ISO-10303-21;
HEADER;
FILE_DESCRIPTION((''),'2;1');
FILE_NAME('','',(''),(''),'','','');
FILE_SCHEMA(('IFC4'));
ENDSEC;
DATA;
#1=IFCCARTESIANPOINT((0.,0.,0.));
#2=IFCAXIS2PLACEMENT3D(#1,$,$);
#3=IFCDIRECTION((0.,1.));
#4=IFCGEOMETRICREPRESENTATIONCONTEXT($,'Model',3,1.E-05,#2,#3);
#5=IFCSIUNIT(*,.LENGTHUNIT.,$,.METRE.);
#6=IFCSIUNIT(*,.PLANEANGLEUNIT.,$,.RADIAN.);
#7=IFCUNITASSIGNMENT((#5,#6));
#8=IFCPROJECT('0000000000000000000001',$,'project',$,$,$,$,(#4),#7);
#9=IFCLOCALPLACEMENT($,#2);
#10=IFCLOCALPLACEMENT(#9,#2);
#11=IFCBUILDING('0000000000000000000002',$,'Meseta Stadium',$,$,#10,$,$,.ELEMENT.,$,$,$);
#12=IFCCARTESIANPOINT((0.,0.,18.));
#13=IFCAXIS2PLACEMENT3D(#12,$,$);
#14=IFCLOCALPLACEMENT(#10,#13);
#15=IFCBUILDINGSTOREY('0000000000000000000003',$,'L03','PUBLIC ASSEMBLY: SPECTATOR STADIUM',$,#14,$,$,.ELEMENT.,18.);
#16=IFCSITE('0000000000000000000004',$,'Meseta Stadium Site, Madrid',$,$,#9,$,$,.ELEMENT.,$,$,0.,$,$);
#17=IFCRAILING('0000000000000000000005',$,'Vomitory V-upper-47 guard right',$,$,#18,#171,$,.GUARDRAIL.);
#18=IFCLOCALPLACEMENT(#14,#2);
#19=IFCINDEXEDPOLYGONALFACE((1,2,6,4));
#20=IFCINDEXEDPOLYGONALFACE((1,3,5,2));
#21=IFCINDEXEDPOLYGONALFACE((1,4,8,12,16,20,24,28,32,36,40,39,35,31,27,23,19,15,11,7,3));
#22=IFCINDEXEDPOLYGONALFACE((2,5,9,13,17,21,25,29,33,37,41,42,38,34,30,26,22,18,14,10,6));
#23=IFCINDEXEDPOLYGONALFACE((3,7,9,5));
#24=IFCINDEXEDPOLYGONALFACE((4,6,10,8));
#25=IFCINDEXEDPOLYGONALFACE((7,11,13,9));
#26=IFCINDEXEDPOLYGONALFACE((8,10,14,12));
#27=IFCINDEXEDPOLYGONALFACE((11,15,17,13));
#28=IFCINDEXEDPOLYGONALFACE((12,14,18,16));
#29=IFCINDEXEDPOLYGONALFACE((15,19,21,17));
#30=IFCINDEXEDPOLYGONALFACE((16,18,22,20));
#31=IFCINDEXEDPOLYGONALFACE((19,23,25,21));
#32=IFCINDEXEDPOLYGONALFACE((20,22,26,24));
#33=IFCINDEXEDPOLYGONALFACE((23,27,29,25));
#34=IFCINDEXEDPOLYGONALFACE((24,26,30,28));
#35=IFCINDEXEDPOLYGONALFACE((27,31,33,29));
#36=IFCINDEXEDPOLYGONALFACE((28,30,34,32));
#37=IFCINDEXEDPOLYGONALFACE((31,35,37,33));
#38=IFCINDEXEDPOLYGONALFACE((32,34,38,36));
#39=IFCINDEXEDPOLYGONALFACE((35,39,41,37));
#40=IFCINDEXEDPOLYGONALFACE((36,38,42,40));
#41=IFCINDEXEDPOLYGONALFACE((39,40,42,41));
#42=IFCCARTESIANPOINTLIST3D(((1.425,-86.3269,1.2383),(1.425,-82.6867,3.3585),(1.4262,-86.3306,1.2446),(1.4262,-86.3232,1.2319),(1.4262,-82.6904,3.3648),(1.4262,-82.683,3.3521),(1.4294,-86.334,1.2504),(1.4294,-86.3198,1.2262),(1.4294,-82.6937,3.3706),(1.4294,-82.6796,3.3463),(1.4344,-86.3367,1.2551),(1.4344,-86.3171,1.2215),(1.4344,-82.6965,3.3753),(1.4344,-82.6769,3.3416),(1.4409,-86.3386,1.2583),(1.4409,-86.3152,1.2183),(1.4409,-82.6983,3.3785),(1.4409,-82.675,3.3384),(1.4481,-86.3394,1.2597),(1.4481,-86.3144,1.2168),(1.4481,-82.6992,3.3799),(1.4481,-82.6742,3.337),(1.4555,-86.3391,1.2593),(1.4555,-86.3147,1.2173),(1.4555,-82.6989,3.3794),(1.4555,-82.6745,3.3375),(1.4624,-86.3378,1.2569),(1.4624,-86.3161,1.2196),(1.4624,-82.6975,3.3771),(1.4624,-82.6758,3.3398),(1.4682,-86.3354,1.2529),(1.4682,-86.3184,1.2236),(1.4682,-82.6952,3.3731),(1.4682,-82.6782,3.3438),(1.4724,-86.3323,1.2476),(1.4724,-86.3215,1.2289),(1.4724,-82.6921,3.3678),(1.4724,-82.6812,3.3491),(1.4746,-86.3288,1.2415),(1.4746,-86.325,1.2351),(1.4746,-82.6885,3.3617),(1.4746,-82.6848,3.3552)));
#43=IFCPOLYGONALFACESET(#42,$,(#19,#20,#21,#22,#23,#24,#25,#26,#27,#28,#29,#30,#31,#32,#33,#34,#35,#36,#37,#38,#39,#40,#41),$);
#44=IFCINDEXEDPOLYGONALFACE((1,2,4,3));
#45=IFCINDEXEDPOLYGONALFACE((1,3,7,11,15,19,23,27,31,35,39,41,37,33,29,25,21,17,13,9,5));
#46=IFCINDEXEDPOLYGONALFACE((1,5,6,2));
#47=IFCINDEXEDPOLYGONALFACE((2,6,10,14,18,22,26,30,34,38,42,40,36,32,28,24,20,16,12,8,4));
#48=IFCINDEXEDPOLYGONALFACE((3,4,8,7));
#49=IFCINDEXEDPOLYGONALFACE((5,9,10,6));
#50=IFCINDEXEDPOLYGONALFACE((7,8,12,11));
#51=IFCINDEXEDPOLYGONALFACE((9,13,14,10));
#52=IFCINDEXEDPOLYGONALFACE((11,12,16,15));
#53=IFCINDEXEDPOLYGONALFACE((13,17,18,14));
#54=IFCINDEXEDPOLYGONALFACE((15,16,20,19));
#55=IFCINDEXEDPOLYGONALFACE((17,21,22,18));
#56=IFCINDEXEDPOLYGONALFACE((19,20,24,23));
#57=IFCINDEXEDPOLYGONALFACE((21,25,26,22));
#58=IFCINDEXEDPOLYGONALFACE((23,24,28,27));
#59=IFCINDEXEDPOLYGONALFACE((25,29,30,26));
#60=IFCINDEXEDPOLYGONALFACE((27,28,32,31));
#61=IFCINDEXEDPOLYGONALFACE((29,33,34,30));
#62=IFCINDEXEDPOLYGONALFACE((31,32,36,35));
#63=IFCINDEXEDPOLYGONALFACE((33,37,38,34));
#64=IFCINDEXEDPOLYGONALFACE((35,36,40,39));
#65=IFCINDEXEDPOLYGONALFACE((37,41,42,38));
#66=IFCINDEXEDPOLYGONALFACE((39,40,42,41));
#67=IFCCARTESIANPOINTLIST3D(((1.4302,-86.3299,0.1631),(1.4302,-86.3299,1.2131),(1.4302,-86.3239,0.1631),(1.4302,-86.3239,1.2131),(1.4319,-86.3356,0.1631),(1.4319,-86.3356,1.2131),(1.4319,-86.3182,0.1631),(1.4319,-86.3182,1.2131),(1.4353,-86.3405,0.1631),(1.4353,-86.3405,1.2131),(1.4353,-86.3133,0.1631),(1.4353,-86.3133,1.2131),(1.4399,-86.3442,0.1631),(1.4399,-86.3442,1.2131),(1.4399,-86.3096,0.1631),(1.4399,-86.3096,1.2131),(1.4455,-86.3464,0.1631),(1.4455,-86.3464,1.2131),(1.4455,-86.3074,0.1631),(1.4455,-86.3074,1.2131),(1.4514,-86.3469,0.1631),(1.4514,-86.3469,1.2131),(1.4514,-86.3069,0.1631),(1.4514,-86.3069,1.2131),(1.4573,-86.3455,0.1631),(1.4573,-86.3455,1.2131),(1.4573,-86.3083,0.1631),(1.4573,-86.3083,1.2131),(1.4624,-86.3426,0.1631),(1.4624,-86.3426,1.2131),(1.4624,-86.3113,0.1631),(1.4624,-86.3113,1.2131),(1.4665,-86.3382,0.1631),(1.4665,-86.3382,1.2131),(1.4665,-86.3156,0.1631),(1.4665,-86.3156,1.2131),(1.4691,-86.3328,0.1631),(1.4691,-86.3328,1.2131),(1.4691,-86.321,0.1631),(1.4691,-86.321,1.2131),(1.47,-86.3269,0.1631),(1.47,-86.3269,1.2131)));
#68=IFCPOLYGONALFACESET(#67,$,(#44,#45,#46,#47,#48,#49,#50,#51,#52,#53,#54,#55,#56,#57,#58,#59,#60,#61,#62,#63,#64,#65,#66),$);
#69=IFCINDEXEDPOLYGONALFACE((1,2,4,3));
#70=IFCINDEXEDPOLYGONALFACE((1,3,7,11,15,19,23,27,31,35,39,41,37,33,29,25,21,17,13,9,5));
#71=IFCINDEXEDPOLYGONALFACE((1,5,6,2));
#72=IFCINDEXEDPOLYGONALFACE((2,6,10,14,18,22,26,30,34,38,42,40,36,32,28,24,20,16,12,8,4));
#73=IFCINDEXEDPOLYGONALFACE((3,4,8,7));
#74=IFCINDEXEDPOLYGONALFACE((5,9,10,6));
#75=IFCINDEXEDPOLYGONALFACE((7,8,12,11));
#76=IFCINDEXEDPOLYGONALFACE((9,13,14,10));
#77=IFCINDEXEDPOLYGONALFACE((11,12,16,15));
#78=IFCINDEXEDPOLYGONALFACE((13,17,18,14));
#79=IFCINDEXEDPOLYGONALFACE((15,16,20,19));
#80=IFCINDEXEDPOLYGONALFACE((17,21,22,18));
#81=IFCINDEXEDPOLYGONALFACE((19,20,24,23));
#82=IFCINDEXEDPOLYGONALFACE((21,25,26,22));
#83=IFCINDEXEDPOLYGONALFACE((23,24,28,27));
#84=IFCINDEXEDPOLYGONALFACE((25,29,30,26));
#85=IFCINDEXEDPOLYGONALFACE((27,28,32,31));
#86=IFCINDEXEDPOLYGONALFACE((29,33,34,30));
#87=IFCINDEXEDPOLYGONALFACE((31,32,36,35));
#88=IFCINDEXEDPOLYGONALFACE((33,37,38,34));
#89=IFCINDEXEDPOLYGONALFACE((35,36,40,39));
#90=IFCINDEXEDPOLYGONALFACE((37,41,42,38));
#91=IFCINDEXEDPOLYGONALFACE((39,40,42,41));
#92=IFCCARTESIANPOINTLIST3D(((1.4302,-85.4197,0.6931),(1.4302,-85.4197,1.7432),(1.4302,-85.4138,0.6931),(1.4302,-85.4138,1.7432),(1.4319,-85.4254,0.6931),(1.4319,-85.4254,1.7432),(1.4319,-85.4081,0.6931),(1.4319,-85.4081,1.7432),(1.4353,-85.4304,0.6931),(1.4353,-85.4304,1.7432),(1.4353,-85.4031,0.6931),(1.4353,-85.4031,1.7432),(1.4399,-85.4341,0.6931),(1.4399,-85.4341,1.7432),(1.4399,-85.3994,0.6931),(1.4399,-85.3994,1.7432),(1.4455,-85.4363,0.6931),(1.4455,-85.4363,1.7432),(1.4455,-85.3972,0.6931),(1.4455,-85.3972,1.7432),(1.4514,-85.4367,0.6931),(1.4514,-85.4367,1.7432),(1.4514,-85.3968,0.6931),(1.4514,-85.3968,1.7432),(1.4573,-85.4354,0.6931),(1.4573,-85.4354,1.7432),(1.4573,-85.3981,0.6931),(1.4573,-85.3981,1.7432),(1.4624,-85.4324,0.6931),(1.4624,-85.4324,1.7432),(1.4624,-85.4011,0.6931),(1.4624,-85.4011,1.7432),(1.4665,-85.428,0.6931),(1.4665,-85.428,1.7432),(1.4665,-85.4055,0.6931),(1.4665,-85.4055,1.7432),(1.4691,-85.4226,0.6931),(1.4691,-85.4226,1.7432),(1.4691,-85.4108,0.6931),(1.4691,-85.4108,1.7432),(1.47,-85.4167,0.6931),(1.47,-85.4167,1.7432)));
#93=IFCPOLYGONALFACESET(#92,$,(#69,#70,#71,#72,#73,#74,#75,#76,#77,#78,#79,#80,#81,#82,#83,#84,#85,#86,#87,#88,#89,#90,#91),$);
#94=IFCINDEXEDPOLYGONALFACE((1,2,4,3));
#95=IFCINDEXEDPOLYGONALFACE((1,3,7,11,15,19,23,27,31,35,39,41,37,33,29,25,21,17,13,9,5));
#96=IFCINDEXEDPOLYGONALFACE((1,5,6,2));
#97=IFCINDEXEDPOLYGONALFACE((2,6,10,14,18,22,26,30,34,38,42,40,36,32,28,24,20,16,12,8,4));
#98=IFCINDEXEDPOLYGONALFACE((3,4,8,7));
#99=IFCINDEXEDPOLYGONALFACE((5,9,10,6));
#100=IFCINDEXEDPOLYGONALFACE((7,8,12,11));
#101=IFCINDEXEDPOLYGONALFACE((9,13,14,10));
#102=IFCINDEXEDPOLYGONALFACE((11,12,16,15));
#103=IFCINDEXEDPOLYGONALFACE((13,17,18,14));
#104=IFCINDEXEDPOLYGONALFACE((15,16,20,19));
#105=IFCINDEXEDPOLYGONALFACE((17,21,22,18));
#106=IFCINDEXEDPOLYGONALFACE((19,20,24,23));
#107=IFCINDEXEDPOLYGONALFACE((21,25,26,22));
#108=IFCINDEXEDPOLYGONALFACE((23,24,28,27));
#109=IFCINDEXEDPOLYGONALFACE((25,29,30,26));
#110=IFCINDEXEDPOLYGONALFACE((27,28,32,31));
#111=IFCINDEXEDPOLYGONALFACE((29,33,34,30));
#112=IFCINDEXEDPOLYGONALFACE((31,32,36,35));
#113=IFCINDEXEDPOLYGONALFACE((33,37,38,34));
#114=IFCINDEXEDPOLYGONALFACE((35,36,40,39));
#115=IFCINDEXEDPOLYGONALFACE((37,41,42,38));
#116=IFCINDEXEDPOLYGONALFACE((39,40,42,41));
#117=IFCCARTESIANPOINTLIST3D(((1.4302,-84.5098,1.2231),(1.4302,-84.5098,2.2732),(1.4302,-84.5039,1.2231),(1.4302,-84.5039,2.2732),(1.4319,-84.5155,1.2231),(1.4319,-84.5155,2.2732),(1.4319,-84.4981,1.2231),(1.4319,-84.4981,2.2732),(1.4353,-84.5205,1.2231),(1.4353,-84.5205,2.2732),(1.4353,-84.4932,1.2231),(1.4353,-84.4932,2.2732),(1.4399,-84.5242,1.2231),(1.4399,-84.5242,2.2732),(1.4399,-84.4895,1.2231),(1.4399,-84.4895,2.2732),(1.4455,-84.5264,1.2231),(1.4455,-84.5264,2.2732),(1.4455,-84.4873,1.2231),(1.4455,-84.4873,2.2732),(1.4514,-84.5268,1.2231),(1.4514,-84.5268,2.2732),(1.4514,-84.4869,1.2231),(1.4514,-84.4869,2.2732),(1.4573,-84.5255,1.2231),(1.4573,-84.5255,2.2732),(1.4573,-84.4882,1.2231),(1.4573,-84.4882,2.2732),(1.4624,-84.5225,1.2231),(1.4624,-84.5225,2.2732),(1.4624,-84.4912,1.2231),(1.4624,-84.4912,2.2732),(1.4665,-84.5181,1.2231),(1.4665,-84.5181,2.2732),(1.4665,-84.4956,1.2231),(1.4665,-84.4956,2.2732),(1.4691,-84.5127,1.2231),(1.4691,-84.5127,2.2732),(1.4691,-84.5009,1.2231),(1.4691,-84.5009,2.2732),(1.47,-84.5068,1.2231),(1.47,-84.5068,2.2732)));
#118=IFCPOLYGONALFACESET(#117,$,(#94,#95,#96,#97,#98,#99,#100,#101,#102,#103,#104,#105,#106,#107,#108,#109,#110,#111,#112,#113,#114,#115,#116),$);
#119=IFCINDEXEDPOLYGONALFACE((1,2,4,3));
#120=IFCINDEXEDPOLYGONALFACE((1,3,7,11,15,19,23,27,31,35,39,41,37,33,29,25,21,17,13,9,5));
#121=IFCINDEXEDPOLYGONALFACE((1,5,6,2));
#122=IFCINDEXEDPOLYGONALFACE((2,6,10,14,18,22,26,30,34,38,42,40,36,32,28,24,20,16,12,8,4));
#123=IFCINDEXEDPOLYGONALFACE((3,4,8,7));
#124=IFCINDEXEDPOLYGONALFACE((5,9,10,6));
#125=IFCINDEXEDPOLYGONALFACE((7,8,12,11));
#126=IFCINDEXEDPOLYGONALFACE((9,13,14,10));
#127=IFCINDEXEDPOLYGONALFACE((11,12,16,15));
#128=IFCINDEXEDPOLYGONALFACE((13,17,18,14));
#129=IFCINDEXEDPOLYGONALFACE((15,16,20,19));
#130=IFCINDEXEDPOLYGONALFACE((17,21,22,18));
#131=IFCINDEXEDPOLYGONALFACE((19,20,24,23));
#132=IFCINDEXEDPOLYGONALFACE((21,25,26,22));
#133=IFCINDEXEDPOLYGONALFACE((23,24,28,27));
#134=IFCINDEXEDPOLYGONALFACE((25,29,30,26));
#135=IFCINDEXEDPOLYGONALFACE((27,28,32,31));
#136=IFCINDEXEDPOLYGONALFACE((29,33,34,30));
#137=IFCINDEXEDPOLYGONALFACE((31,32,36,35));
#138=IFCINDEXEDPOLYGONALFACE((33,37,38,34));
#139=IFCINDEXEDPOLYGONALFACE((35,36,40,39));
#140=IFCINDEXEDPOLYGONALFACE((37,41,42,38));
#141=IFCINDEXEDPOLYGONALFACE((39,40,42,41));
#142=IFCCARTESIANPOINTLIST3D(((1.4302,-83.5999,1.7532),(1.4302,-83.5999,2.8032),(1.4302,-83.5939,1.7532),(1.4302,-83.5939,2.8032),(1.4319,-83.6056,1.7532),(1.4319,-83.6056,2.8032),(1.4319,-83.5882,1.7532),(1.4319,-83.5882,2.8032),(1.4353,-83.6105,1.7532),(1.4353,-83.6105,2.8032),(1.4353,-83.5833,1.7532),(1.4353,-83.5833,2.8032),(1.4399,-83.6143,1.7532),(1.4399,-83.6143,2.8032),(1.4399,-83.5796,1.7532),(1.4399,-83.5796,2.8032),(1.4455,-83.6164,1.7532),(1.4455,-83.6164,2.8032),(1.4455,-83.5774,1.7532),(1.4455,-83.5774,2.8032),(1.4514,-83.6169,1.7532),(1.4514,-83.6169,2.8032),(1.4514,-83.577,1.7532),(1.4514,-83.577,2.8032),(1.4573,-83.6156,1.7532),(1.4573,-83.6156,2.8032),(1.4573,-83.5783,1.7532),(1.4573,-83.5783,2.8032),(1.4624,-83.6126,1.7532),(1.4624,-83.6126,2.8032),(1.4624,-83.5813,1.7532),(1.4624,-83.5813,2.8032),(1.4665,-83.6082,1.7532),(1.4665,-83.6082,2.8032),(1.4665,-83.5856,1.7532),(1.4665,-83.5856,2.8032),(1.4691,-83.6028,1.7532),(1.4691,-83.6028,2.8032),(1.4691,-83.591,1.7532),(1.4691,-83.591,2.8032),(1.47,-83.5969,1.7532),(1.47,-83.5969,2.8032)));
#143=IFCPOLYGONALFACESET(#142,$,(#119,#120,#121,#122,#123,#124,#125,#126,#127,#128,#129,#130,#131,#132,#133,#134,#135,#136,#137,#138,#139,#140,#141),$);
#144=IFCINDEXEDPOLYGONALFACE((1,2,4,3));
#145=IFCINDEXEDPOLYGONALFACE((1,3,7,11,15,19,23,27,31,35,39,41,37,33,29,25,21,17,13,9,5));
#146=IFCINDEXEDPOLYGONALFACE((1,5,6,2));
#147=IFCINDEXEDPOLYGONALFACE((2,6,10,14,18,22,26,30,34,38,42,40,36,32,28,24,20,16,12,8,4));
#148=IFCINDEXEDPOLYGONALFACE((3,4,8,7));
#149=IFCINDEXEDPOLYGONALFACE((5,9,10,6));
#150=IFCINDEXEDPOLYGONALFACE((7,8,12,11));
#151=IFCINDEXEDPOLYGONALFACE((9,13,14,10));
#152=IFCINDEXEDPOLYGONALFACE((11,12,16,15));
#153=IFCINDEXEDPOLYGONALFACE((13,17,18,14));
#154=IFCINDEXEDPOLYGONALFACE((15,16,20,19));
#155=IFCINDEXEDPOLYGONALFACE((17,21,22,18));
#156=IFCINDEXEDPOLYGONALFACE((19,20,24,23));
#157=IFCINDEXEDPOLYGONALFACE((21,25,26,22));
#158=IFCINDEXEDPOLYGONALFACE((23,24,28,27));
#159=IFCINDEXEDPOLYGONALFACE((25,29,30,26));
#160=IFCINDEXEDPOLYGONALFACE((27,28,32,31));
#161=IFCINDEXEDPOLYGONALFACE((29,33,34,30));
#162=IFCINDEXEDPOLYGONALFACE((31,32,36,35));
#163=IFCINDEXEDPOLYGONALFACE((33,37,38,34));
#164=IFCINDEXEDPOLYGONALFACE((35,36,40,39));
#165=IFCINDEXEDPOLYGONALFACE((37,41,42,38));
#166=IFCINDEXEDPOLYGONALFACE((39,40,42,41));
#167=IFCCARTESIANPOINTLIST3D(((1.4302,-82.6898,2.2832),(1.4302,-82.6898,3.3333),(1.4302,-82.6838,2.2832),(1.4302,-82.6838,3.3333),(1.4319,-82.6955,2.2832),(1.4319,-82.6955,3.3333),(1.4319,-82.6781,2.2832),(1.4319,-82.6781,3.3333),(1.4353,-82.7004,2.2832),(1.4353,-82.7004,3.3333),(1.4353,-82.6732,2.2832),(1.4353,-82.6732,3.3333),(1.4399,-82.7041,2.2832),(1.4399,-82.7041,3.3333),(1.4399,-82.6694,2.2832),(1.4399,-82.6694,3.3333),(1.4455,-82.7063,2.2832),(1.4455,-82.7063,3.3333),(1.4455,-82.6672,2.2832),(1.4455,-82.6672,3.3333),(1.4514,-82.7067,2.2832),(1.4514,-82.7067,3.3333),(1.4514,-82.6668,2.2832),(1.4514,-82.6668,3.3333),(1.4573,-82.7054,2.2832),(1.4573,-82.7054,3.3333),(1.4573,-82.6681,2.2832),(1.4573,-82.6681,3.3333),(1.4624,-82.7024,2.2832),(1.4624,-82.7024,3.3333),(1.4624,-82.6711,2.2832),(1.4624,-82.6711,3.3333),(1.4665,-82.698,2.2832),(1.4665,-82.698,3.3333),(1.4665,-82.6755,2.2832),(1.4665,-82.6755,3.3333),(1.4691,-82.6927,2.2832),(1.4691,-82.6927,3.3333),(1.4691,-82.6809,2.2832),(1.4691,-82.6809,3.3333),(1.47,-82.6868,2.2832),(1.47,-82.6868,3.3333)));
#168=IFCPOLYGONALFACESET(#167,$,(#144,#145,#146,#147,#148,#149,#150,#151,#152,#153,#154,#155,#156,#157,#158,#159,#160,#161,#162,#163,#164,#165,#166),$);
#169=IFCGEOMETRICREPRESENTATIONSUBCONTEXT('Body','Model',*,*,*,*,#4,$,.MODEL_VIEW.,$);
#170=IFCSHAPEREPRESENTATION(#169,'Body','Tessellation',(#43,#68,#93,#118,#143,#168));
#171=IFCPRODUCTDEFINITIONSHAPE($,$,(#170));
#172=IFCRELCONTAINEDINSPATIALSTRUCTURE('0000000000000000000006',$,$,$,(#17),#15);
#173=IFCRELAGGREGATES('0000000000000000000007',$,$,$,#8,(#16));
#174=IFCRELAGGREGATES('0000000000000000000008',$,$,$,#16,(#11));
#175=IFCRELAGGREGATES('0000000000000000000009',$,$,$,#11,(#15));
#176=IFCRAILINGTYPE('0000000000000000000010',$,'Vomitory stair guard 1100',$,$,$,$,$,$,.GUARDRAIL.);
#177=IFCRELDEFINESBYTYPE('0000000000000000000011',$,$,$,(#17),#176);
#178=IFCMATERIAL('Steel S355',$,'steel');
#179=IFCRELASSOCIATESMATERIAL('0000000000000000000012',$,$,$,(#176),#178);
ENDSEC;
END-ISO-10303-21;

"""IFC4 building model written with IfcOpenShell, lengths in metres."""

from ifc_helpers import new_model, si_unit, direction, frame, origin, origin_2d, place, context, subcontext, project, spatial, circle, extrude, material, type_object, element, save


model = new_model("IFC4")

# Units and contexts
model_context = context("Model", 3, precision=1e-05, world=origin(), true_north=direction((0.0, 1.0)))
body_context = subcontext(model_context, "Body", "Model", "MODEL_VIEW")
ifc_project = project(units=[si_unit("LENGTHUNIT", "METRE"), si_unit("PLANEANGLEUNIT", "RADIAN")], contexts=[model_context])

# Site, building, storey
site_placement = place(None, origin())
site = spatial("IfcSite", under=ifc_project, at=site_placement, Name="Meseta Stadium Site, Madrid", CompositionType="ELEMENT", RefElevation=0.0)
building_placement = place(site_placement, origin())
building = spatial("IfcBuilding", under=site, at=building_placement, Name="Meseta Stadium", CompositionType="ELEMENT")
storey_placement = place(building_placement, frame((0.0, 0.0, 18.0)))
storey = spatial("IfcBuildingStorey", under=building, at=storey_placement, Name="L03", Description="PUBLIC ASSEMBLY: SPECTATOR STADIUM", CompositionType="ELEMENT", Elevation=18.0)

# Railing
ifc_material_1 = material(Name="Steel S355", Category="steel")
railing_type_1 = type_object("IfcRailingType", Name="Vomitory stair guard 1100", PredefinedType="GUARDRAIL", material=ifc_material_1)
railing_1_placement = place(storey_placement, frame((1.45, -86.3269, 0.1631)))
element("IfcRailing", 1, at=railing_1_placement, inside=storey, type_object=railing_type_1, Name="Vomitory V-upper-47 guard right", PredefinedType="GUARDRAIL", context=body_context, shape_type="SweptSolid", body=[
    extrude(circle(Radius=0.0249, at=origin_2d()), frame((0.0, 0.0, 1.0752), z_axis=(0.0, 0.864119, 0.503287), x_axis=(-1.0, 0.0, 0.0)), (0.0, 0.0, 1.0), 4.2126),
    extrude(circle(Radius=0.02, at=origin_2d()), origin(), (0.0, 0.0, 1.0), 1.05),
    extrude(circle(Radius=0.02, at=origin_2d()), frame((0.0, 0.9102, 0.53)), (0.0, 0.0, 1.0), 1.05),
    extrude(circle(Radius=0.02, at=origin_2d()), frame((0.0, 1.8201, 1.0601)), (0.0, 0.0, 1.0), 1.05),
    extrude(circle(Radius=0.02, at=origin_2d()), frame((0.0, 2.73, 1.5901)), (0.0, 0.0, 1.0), 1.05),
    extrude(circle(Radius=0.02, at=origin_2d()), frame((0.0, 3.6401, 2.1201)), (0.0, 0.0, 1.0), 1.05),
])

save(model, "model.ifc")
